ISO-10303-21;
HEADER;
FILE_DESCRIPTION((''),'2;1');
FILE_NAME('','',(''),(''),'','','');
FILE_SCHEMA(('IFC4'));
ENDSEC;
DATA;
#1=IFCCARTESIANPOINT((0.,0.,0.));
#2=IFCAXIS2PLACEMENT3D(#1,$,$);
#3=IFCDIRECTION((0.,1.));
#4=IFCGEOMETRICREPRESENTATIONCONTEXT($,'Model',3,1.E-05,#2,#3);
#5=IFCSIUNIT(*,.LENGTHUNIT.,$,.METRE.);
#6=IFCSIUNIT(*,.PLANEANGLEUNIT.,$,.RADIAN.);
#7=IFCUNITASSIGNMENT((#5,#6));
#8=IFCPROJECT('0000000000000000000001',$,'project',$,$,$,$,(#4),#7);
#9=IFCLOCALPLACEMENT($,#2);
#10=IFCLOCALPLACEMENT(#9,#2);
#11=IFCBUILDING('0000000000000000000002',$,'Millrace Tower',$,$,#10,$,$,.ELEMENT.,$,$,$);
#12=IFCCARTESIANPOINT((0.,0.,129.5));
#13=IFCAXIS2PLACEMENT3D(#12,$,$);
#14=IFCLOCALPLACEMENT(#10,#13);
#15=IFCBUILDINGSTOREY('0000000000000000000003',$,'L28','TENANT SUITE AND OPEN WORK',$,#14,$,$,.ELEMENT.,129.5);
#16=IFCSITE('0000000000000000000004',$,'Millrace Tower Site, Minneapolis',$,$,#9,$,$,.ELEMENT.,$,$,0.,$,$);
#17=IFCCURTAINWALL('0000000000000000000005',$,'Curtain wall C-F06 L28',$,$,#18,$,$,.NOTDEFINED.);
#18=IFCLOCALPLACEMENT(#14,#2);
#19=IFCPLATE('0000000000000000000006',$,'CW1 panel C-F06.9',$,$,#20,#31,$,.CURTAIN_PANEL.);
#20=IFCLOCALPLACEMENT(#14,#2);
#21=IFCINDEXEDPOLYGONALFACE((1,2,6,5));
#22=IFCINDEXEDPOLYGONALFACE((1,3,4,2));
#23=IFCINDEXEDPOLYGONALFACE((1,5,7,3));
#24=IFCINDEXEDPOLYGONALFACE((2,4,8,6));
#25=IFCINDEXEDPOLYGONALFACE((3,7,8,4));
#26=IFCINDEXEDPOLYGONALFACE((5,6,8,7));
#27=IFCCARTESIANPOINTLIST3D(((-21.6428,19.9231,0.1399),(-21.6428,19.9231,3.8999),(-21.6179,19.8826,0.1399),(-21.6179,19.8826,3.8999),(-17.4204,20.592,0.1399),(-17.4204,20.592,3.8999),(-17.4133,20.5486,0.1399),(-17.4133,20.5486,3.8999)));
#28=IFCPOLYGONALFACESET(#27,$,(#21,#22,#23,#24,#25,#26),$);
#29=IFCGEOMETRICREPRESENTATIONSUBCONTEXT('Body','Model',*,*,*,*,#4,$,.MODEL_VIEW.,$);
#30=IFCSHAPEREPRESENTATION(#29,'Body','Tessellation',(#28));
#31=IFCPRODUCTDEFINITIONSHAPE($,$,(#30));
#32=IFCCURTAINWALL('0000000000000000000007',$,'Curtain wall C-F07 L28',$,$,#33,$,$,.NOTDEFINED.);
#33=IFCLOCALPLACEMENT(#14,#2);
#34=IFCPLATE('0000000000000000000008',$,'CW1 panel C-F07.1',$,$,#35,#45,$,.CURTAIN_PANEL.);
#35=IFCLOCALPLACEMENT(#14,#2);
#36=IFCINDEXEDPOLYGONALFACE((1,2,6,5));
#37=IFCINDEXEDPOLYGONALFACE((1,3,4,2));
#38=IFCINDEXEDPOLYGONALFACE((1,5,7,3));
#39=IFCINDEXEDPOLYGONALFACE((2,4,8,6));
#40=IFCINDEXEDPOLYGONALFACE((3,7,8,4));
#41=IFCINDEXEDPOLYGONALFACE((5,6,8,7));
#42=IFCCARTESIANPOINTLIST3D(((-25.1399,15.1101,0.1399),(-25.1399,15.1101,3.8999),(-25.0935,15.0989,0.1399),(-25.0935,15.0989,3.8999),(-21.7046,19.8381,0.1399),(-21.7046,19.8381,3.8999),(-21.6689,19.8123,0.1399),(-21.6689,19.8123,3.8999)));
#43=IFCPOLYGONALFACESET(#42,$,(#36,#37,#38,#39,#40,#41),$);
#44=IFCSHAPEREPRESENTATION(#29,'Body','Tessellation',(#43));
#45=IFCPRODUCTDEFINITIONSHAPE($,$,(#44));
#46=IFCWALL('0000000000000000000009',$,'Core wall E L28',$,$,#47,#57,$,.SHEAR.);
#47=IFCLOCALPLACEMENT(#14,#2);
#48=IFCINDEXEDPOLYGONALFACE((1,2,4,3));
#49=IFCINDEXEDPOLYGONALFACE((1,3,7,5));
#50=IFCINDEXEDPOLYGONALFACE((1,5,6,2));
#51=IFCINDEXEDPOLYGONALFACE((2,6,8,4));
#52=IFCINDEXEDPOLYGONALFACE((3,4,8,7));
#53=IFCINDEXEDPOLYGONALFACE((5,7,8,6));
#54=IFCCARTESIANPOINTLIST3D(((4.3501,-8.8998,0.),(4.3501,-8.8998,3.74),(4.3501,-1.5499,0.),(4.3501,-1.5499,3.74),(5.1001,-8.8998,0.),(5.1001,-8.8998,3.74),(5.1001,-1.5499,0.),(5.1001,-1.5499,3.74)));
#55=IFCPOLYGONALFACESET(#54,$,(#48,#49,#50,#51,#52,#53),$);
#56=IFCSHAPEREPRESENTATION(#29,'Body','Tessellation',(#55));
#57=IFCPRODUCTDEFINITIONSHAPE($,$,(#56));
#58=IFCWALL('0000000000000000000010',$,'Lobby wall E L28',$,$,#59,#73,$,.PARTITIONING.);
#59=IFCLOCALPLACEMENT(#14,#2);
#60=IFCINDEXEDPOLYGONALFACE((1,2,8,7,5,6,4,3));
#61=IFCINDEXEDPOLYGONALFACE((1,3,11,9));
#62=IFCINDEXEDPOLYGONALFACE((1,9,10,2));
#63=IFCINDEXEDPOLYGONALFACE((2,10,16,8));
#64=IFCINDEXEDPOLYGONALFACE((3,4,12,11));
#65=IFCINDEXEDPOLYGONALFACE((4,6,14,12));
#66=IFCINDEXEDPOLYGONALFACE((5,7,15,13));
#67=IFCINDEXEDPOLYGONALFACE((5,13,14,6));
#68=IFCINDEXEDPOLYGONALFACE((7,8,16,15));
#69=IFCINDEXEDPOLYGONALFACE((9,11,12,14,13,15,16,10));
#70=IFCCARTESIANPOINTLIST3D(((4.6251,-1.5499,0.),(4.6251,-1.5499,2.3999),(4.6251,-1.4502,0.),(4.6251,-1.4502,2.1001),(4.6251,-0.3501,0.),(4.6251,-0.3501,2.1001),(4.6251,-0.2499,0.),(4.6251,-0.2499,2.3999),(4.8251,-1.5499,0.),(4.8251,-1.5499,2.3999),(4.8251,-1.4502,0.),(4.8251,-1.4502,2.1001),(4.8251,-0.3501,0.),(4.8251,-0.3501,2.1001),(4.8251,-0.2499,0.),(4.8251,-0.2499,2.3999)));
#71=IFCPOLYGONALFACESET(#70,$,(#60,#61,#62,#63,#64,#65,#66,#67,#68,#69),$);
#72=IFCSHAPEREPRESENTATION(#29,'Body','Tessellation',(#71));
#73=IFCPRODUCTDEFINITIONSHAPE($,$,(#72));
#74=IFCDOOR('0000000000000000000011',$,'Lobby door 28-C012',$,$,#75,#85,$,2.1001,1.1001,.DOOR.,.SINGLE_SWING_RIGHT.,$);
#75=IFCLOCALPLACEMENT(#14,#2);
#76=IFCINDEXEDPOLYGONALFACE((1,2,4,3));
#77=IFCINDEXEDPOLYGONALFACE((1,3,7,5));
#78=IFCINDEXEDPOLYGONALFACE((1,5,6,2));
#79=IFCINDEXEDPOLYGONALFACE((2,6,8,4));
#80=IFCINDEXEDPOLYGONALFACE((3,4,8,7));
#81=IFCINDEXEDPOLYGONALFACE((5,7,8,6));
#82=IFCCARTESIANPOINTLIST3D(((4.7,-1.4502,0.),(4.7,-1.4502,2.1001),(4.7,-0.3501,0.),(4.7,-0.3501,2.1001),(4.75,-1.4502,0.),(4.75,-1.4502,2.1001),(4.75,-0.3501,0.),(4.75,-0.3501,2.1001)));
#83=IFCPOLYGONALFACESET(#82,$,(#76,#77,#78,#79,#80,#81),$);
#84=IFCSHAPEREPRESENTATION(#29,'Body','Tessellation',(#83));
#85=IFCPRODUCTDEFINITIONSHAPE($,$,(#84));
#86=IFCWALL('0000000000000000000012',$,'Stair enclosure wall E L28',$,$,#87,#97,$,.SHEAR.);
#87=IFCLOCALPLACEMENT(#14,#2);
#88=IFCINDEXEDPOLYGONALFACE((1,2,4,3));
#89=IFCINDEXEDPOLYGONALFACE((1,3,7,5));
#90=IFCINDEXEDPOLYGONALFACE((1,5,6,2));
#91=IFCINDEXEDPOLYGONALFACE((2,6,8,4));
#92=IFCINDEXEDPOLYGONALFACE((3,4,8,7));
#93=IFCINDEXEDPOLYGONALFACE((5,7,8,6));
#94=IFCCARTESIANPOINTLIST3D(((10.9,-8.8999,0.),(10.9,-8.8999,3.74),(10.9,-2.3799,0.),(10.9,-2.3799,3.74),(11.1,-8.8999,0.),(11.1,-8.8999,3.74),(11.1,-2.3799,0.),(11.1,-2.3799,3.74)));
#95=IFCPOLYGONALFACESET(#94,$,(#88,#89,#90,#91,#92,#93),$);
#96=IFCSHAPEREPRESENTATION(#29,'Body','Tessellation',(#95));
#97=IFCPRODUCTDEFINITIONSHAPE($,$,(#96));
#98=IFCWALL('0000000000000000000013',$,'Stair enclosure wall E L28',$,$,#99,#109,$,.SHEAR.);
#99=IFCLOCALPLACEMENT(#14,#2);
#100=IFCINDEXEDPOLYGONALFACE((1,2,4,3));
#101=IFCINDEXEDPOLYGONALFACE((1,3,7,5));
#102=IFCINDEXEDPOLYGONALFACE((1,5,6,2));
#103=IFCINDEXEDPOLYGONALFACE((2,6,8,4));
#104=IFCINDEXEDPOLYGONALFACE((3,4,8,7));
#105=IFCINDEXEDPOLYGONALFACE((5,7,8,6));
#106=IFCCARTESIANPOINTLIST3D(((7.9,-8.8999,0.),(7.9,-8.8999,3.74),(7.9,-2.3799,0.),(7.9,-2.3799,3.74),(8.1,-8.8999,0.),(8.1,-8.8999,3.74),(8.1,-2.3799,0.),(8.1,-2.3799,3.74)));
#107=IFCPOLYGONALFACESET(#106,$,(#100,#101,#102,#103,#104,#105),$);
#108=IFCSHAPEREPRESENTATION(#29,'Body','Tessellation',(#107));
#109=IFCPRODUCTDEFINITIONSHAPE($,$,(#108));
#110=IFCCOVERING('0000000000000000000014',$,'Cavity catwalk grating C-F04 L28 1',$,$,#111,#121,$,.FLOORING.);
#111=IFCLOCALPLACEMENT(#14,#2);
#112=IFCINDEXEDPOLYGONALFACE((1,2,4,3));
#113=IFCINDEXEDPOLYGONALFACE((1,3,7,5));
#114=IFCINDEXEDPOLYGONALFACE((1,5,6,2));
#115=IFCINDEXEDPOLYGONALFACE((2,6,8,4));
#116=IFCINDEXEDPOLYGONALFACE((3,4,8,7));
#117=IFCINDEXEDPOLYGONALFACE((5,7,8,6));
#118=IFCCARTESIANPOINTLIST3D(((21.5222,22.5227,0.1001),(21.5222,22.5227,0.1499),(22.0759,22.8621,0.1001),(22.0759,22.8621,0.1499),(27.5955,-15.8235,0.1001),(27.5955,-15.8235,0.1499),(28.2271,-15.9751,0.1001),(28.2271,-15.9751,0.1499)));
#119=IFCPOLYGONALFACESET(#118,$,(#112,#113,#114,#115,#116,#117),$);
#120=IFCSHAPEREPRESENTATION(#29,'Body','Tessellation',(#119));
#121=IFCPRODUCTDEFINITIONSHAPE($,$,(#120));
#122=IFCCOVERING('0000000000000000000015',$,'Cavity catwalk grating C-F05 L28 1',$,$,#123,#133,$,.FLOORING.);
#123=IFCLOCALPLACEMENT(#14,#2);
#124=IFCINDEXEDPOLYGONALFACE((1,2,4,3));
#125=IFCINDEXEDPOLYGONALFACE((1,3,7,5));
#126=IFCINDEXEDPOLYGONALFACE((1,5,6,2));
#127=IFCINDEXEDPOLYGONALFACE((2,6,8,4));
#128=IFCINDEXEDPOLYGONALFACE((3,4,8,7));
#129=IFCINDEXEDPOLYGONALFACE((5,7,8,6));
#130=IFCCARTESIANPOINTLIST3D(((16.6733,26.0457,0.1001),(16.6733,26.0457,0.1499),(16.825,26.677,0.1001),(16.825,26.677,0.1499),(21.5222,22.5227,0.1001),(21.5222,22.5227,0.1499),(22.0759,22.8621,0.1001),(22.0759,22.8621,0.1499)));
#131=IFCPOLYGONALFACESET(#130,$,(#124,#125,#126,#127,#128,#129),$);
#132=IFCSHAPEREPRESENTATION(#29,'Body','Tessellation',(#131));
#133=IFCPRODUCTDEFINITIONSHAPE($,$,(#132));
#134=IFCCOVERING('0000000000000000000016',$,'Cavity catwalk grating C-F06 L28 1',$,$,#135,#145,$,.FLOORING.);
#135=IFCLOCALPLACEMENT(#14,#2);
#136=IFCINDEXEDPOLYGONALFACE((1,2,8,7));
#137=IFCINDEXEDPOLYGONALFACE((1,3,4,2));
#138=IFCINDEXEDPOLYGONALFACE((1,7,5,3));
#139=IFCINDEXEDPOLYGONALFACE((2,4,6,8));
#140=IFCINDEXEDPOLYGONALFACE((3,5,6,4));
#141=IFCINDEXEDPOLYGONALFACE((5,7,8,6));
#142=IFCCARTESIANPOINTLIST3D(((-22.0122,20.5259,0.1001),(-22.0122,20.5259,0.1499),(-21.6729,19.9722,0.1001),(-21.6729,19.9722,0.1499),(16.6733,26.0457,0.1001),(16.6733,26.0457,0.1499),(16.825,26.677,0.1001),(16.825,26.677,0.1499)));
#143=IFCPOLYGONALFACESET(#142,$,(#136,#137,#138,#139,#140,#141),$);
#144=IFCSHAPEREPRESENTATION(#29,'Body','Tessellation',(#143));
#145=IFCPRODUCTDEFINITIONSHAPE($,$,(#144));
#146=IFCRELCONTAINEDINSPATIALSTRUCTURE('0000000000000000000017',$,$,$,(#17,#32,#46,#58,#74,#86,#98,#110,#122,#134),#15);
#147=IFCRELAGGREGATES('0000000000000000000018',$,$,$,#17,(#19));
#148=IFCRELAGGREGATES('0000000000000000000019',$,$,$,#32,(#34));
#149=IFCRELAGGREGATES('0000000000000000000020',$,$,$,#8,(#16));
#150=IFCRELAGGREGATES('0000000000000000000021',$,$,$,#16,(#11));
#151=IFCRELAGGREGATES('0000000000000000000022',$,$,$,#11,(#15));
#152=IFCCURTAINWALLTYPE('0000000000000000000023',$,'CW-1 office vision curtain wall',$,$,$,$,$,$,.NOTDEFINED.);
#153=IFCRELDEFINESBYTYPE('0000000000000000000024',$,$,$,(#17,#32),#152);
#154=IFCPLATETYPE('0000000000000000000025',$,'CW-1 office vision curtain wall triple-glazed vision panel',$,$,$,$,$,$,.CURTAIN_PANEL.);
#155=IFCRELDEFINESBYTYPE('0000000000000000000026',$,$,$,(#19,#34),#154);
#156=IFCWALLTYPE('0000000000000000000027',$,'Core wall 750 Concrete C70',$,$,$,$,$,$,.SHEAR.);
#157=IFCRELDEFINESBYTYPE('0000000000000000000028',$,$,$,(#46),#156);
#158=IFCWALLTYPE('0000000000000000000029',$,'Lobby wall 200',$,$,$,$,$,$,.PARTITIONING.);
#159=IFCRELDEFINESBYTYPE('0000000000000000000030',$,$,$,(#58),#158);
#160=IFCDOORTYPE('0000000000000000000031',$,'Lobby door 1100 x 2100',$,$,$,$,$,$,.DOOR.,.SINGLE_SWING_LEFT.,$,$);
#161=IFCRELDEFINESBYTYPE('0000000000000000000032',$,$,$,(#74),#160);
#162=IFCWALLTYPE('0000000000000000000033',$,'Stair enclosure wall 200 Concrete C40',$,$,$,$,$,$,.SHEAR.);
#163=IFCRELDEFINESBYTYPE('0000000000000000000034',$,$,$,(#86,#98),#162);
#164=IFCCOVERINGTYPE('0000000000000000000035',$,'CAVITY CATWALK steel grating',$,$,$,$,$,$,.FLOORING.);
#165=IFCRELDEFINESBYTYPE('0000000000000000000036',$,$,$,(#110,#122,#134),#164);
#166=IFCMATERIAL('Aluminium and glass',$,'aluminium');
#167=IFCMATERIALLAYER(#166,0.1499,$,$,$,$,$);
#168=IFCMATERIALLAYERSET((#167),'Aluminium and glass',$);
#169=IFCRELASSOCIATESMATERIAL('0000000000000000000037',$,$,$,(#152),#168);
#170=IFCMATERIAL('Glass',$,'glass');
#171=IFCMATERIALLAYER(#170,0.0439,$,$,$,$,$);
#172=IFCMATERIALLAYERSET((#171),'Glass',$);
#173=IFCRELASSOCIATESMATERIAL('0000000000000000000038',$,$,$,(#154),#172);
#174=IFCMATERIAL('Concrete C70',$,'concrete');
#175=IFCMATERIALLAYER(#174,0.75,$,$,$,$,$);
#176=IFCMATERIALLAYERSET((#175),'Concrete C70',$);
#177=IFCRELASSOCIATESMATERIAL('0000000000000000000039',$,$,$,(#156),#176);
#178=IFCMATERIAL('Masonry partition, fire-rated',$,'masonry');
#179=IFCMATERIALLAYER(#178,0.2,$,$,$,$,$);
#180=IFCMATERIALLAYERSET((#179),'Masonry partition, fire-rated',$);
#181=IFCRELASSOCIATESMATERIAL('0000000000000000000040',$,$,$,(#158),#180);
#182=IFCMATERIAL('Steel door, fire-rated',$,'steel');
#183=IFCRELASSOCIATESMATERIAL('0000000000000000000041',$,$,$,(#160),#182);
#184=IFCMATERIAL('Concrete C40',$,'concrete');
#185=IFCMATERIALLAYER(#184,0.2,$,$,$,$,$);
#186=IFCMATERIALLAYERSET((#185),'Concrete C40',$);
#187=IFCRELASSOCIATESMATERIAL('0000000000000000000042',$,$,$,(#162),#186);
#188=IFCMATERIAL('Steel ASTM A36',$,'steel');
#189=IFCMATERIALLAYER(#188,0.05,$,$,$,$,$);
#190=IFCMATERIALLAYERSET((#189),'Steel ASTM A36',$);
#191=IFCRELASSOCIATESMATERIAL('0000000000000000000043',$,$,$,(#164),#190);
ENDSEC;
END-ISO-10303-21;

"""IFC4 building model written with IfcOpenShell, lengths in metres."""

from ifc_helpers import new_model, si_unit, direction, frame, frame_2d, origin, place, context, subcontext, project, spatial, polyline, rectangle, outline, extrude, material, layer, layer_set, type_object, element, fill, aggregate, save


model = new_model("IFC4")

# Units and contexts
model_context = context("Model", 3, precision=1e-05, world=origin(), true_north=direction((0.0, 1.0)))
body_context = subcontext(model_context, "Body", "Model", "MODEL_VIEW")
ifc_project = project(units=[si_unit("LENGTHUNIT", "METRE"), si_unit("PLANEANGLEUNIT", "RADIAN")], contexts=[model_context])

# Site, building, storey
site_placement = place(None, origin())
site = spatial("IfcSite", under=ifc_project, at=site_placement, Name="Millrace Tower Site, Minneapolis", CompositionType="ELEMENT", RefElevation=0.0)
building_placement = place(site_placement, origin())
building = spatial("IfcBuilding", under=site, at=building_placement, Name="Millrace Tower", CompositionType="ELEMENT")
storey_placement = place(building_placement, frame((0.0, 0.0, 129.5)))
storey = spatial("IfcBuildingStorey", under=building, at=storey_placement, Name="L28", Description="TENANT SUITE AND OPEN WORK", CompositionType="ELEMENT", Elevation=129.5)

# Shared definitions
ifc_material_1 = material(Name="Aluminium and glass", Category="aluminium")
ifc_layer_1 = layer(ifc_material_1, 0.1499)
ifc_layer_set_1 = layer_set([ifc_layer_1], Name="Aluminium and glass")
curtain_wall_type = type_object("IfcCurtainWallType", Name="CW-1 office vision curtain wall", PredefinedType="NOTDEFINED", material=ifc_layer_set_1)
placement_1 = place(storey_placement, origin())
ifc_material_2 = material(Name="Glass", Category="glass")
ifc_layer_2 = layer(ifc_material_2, 0.0439)
ifc_layer_set_2 = layer_set([ifc_layer_2], Name="Glass")
plate_type = type_object("IfcPlateType", Name="CW-1 office vision curtain wall triple-glazed vision panel", PredefinedType="CURTAIN_PANEL", material=ifc_layer_set_2)
placement_2 = place(storey_placement, frame((0.0, 0.0, 0.1399)))

# Curtain wall, plate
curtain_wall_1 = element("IfcCurtainWall", 1, at=placement_1, inside=storey, type_object=curtain_wall_type, Name="Curtain wall C-F06 L28", PredefinedType="NOTDEFINED")
plate_1 = element("IfcPlate", 2, at=placement_2, type_object=plate_type, Name="CW1 panel C-F06.9", PredefinedType="CURTAIN_PANEL", context=body_context, shape_type="SweptSolid", body=[
    extrude(outline(polyline([(-17.4204, 20.592), (-21.6428, 19.9231), (-21.6179, 19.8826), (-17.4133, 20.5486), (-17.4204, 20.592)])), origin(), (0.0, 0.0, 1.0), 3.76),
])
aggregate(curtain_wall_1, [plate_1])

# Curtain wall, plate
curtain_wall_2 = element("IfcCurtainWall", 3, at=placement_1, inside=storey, type_object=curtain_wall_type, Name="Curtain wall C-F07 L28", PredefinedType="NOTDEFINED")
plate_2 = element("IfcPlate", 4, at=placement_2, type_object=plate_type, Name="CW1 panel C-F07.1", PredefinedType="CURTAIN_PANEL", context=body_context, shape_type="SweptSolid", body=[
    extrude(outline(polyline([(-21.7046, 19.8381), (-25.1399, 15.1101), (-25.0935, 15.0989), (-21.6689, 19.8123), (-21.7046, 19.8381)])), origin(), (0.0, 0.0, 1.0), 3.76),
])
aggregate(curtain_wall_2, [plate_2])

# Wall
ifc_material_3 = material(Name="Concrete C70", Category="concrete")
ifc_layer_3 = layer(ifc_material_3, 0.75)
ifc_layer_set_3 = layer_set([ifc_layer_3], Name="Concrete C70")
wall_type_1 = type_object("IfcWallType", Name="Core wall 750 Concrete C70", PredefinedType="SHEAR", material=ifc_layer_set_3)
wall_1_placement = place(storey_placement, frame((4.7251, -1.55, 0.0), z_axis=(0.0, 0.0, 1.0), x_axis=(0.0, -1.0, 0.0)))
element("IfcWall", 5, at=wall_1_placement, inside=storey, type_object=wall_type_1, Name="Core wall E L28", PredefinedType="SHEAR", context=body_context, shape_type="SweptSolid", body=[
    extrude(rectangle(XDim=7.3499, YDim=0.75, at=frame_2d((3.6748, 0.0))), origin(), (0.0, 0.0, 1.0), 3.74),
])

# Wall, opening, door
ifc_material_4 = material(Name="Masonry partition, fire-rated", Category="masonry")
ifc_layer_4 = layer(ifc_material_4, 0.2)
ifc_layer_set_4 = layer_set([ifc_layer_4], Name="Masonry partition, fire-rated")
wall_type_2 = type_object("IfcWallType", Name="Lobby wall 200", PredefinedType="PARTITIONING", material=ifc_layer_set_4)
wall_2_placement = place(storey_placement, frame((4.7251, -0.25, 0.0), z_axis=(0.0, 0.0, 1.0), x_axis=(0.0, -1.0, 0.0)))
wall_2 = element("IfcWall", 6, at=wall_2_placement, inside=storey, type_object=wall_type_2, Name="Lobby wall E L28", PredefinedType="PARTITIONING", context=body_context, shape_type="SweptSolid", body=[
    extrude(rectangle(XDim=1.3, YDim=0.2, at=frame_2d((0.6499, 0.0))), origin(), (0.0, 0.0, 1.0), 2.3999),
])
opening_placement = place(wall_2_placement, frame((0.1001, 0.0, 0.0)))
opening = element("IfcOpeningElement", 7, at=opening_placement, cuts=wall_2, PredefinedType="OPENING", context=body_context, shape_type="SweptSolid", body=[
    extrude(rectangle(XDim=1.1001, YDim=2.1001, at=frame_2d((0.55, 1.05))), frame((0.0, 0.1099, 0.0), z_axis=(0.0, -1.0, 0.0), x_axis=(1.0, 0.0, 0.0)), (0.0, 0.0, 1.0), 0.22),
])
ifc_material_5 = material(Name="Steel door, fire-rated", Category="steel")
door_type = type_object("IfcDoorType", Name="Lobby door 1100 x 2100", OperationType="SINGLE_SWING_LEFT", PredefinedType="DOOR", material=ifc_material_5)
door_placement = place(opening_placement, origin())
door = element("IfcDoor", 8, at=door_placement, inside=storey, type_object=door_type, Name="Lobby door 28-C012", OperationType="SINGLE_SWING_RIGHT", OverallHeight=2.1001, OverallWidth=1.1001, PredefinedType="DOOR", context=body_context, shape_type="SweptSolid", body=[
    extrude(rectangle(XDim=1.1001, YDim=2.1001, at=frame_2d((0.55, 1.05))), frame((0.0, 0.0249, 0.0), z_axis=(0.0, -1.0, 0.0), x_axis=(1.0, 0.0, 0.0)), (0.0, 0.0, 1.0), 0.05),
])
fill(opening, door)

# Walls
ifc_material_6 = material(Name="Concrete C40", Category="concrete")
ifc_layer_5 = layer(ifc_material_6, 0.2)
ifc_layer_set_5 = layer_set([ifc_layer_5], Name="Concrete C40")
wall_type_3 = type_object("IfcWallType", Name="Stair enclosure wall 200 Concrete C40", PredefinedType="SHEAR", material=ifc_layer_set_5)
for number, where, z_axis, x_axis, name in (
    (9, (11.0, -2.3799, 0.0), (0.0, 0.0, 1.0), (0.0, -1.0, 0.0), "Stair enclosure wall E L28"),
    (10, (8.0, -2.3799, 0.0), (0.0, 0.0, 1.0), (0.0, -1.0, 0.0), "Stair enclosure wall E L28"),
):
    element("IfcWall", number, at=place(storey_placement, frame(where, z_axis=z_axis, x_axis=x_axis)), inside=storey, type_object=wall_type_3, Name=name, PredefinedType="SHEAR", context=body_context, shape_type="SweptSolid", body=[
        extrude(rectangle(XDim=6.52, YDim=0.2, at=frame_2d((3.26, 0.0))), origin(), (0.0, 0.0, 1.0), 3.74),
    ])

# Coverings
ifc_material_7 = material(Name="Steel ASTM A36", Category="steel")
ifc_layer_6 = layer(ifc_material_7, 0.05)
ifc_layer_set_6 = layer_set([ifc_layer_6], Name="Steel ASTM A36")
covering_type = type_object("IfcCoveringType", Name="CAVITY CATWALK steel grating", PredefinedType="FLOORING", material=ifc_layer_set_6)
placement_3 = place(storey_placement, frame((0.0, 0.0, 0.1001)))
element("IfcCovering", 11, at=placement_3, inside=storey, type_object=covering_type, Name="Cavity catwalk grating C-F04 L28 1", PredefinedType="FLOORING", context=body_context, shape_type="SweptSolid", body=[
    extrude(outline(polyline([(28.2271, -15.9751), (22.0759, 22.8621), (21.5222, 22.5227), (27.5955, -15.8235), (28.2271, -15.9751)])), origin(), (0.0, 0.0, 1.0), 0.0498),
])
element("IfcCovering", 12, at=placement_3, inside=storey, type_object=covering_type, Name="Cavity catwalk grating C-F05 L28 1", PredefinedType="FLOORING", context=body_context, shape_type="SweptSolid", body=[
    extrude(outline(polyline([(22.0759, 22.8621), (16.825, 26.677), (16.6733, 26.0457), (21.5222, 22.5227), (22.0759, 22.8621)])), origin(), (0.0, 0.0, 1.0), 0.0498),
])
element("IfcCovering", 13, at=placement_3, inside=storey, type_object=covering_type, Name="Cavity catwalk grating C-F06 L28 1", PredefinedType="FLOORING", context=body_context, shape_type="SweptSolid", body=[
    extrude(outline(polyline([(16.825, 26.677), (-22.0122, 20.5259), (-21.6729, 19.9722), (16.6733, 26.0457), (16.825, 26.677)])), origin(), (0.0, 0.0, 1.0), 0.0498),
])

save(model, "model.ifc")
